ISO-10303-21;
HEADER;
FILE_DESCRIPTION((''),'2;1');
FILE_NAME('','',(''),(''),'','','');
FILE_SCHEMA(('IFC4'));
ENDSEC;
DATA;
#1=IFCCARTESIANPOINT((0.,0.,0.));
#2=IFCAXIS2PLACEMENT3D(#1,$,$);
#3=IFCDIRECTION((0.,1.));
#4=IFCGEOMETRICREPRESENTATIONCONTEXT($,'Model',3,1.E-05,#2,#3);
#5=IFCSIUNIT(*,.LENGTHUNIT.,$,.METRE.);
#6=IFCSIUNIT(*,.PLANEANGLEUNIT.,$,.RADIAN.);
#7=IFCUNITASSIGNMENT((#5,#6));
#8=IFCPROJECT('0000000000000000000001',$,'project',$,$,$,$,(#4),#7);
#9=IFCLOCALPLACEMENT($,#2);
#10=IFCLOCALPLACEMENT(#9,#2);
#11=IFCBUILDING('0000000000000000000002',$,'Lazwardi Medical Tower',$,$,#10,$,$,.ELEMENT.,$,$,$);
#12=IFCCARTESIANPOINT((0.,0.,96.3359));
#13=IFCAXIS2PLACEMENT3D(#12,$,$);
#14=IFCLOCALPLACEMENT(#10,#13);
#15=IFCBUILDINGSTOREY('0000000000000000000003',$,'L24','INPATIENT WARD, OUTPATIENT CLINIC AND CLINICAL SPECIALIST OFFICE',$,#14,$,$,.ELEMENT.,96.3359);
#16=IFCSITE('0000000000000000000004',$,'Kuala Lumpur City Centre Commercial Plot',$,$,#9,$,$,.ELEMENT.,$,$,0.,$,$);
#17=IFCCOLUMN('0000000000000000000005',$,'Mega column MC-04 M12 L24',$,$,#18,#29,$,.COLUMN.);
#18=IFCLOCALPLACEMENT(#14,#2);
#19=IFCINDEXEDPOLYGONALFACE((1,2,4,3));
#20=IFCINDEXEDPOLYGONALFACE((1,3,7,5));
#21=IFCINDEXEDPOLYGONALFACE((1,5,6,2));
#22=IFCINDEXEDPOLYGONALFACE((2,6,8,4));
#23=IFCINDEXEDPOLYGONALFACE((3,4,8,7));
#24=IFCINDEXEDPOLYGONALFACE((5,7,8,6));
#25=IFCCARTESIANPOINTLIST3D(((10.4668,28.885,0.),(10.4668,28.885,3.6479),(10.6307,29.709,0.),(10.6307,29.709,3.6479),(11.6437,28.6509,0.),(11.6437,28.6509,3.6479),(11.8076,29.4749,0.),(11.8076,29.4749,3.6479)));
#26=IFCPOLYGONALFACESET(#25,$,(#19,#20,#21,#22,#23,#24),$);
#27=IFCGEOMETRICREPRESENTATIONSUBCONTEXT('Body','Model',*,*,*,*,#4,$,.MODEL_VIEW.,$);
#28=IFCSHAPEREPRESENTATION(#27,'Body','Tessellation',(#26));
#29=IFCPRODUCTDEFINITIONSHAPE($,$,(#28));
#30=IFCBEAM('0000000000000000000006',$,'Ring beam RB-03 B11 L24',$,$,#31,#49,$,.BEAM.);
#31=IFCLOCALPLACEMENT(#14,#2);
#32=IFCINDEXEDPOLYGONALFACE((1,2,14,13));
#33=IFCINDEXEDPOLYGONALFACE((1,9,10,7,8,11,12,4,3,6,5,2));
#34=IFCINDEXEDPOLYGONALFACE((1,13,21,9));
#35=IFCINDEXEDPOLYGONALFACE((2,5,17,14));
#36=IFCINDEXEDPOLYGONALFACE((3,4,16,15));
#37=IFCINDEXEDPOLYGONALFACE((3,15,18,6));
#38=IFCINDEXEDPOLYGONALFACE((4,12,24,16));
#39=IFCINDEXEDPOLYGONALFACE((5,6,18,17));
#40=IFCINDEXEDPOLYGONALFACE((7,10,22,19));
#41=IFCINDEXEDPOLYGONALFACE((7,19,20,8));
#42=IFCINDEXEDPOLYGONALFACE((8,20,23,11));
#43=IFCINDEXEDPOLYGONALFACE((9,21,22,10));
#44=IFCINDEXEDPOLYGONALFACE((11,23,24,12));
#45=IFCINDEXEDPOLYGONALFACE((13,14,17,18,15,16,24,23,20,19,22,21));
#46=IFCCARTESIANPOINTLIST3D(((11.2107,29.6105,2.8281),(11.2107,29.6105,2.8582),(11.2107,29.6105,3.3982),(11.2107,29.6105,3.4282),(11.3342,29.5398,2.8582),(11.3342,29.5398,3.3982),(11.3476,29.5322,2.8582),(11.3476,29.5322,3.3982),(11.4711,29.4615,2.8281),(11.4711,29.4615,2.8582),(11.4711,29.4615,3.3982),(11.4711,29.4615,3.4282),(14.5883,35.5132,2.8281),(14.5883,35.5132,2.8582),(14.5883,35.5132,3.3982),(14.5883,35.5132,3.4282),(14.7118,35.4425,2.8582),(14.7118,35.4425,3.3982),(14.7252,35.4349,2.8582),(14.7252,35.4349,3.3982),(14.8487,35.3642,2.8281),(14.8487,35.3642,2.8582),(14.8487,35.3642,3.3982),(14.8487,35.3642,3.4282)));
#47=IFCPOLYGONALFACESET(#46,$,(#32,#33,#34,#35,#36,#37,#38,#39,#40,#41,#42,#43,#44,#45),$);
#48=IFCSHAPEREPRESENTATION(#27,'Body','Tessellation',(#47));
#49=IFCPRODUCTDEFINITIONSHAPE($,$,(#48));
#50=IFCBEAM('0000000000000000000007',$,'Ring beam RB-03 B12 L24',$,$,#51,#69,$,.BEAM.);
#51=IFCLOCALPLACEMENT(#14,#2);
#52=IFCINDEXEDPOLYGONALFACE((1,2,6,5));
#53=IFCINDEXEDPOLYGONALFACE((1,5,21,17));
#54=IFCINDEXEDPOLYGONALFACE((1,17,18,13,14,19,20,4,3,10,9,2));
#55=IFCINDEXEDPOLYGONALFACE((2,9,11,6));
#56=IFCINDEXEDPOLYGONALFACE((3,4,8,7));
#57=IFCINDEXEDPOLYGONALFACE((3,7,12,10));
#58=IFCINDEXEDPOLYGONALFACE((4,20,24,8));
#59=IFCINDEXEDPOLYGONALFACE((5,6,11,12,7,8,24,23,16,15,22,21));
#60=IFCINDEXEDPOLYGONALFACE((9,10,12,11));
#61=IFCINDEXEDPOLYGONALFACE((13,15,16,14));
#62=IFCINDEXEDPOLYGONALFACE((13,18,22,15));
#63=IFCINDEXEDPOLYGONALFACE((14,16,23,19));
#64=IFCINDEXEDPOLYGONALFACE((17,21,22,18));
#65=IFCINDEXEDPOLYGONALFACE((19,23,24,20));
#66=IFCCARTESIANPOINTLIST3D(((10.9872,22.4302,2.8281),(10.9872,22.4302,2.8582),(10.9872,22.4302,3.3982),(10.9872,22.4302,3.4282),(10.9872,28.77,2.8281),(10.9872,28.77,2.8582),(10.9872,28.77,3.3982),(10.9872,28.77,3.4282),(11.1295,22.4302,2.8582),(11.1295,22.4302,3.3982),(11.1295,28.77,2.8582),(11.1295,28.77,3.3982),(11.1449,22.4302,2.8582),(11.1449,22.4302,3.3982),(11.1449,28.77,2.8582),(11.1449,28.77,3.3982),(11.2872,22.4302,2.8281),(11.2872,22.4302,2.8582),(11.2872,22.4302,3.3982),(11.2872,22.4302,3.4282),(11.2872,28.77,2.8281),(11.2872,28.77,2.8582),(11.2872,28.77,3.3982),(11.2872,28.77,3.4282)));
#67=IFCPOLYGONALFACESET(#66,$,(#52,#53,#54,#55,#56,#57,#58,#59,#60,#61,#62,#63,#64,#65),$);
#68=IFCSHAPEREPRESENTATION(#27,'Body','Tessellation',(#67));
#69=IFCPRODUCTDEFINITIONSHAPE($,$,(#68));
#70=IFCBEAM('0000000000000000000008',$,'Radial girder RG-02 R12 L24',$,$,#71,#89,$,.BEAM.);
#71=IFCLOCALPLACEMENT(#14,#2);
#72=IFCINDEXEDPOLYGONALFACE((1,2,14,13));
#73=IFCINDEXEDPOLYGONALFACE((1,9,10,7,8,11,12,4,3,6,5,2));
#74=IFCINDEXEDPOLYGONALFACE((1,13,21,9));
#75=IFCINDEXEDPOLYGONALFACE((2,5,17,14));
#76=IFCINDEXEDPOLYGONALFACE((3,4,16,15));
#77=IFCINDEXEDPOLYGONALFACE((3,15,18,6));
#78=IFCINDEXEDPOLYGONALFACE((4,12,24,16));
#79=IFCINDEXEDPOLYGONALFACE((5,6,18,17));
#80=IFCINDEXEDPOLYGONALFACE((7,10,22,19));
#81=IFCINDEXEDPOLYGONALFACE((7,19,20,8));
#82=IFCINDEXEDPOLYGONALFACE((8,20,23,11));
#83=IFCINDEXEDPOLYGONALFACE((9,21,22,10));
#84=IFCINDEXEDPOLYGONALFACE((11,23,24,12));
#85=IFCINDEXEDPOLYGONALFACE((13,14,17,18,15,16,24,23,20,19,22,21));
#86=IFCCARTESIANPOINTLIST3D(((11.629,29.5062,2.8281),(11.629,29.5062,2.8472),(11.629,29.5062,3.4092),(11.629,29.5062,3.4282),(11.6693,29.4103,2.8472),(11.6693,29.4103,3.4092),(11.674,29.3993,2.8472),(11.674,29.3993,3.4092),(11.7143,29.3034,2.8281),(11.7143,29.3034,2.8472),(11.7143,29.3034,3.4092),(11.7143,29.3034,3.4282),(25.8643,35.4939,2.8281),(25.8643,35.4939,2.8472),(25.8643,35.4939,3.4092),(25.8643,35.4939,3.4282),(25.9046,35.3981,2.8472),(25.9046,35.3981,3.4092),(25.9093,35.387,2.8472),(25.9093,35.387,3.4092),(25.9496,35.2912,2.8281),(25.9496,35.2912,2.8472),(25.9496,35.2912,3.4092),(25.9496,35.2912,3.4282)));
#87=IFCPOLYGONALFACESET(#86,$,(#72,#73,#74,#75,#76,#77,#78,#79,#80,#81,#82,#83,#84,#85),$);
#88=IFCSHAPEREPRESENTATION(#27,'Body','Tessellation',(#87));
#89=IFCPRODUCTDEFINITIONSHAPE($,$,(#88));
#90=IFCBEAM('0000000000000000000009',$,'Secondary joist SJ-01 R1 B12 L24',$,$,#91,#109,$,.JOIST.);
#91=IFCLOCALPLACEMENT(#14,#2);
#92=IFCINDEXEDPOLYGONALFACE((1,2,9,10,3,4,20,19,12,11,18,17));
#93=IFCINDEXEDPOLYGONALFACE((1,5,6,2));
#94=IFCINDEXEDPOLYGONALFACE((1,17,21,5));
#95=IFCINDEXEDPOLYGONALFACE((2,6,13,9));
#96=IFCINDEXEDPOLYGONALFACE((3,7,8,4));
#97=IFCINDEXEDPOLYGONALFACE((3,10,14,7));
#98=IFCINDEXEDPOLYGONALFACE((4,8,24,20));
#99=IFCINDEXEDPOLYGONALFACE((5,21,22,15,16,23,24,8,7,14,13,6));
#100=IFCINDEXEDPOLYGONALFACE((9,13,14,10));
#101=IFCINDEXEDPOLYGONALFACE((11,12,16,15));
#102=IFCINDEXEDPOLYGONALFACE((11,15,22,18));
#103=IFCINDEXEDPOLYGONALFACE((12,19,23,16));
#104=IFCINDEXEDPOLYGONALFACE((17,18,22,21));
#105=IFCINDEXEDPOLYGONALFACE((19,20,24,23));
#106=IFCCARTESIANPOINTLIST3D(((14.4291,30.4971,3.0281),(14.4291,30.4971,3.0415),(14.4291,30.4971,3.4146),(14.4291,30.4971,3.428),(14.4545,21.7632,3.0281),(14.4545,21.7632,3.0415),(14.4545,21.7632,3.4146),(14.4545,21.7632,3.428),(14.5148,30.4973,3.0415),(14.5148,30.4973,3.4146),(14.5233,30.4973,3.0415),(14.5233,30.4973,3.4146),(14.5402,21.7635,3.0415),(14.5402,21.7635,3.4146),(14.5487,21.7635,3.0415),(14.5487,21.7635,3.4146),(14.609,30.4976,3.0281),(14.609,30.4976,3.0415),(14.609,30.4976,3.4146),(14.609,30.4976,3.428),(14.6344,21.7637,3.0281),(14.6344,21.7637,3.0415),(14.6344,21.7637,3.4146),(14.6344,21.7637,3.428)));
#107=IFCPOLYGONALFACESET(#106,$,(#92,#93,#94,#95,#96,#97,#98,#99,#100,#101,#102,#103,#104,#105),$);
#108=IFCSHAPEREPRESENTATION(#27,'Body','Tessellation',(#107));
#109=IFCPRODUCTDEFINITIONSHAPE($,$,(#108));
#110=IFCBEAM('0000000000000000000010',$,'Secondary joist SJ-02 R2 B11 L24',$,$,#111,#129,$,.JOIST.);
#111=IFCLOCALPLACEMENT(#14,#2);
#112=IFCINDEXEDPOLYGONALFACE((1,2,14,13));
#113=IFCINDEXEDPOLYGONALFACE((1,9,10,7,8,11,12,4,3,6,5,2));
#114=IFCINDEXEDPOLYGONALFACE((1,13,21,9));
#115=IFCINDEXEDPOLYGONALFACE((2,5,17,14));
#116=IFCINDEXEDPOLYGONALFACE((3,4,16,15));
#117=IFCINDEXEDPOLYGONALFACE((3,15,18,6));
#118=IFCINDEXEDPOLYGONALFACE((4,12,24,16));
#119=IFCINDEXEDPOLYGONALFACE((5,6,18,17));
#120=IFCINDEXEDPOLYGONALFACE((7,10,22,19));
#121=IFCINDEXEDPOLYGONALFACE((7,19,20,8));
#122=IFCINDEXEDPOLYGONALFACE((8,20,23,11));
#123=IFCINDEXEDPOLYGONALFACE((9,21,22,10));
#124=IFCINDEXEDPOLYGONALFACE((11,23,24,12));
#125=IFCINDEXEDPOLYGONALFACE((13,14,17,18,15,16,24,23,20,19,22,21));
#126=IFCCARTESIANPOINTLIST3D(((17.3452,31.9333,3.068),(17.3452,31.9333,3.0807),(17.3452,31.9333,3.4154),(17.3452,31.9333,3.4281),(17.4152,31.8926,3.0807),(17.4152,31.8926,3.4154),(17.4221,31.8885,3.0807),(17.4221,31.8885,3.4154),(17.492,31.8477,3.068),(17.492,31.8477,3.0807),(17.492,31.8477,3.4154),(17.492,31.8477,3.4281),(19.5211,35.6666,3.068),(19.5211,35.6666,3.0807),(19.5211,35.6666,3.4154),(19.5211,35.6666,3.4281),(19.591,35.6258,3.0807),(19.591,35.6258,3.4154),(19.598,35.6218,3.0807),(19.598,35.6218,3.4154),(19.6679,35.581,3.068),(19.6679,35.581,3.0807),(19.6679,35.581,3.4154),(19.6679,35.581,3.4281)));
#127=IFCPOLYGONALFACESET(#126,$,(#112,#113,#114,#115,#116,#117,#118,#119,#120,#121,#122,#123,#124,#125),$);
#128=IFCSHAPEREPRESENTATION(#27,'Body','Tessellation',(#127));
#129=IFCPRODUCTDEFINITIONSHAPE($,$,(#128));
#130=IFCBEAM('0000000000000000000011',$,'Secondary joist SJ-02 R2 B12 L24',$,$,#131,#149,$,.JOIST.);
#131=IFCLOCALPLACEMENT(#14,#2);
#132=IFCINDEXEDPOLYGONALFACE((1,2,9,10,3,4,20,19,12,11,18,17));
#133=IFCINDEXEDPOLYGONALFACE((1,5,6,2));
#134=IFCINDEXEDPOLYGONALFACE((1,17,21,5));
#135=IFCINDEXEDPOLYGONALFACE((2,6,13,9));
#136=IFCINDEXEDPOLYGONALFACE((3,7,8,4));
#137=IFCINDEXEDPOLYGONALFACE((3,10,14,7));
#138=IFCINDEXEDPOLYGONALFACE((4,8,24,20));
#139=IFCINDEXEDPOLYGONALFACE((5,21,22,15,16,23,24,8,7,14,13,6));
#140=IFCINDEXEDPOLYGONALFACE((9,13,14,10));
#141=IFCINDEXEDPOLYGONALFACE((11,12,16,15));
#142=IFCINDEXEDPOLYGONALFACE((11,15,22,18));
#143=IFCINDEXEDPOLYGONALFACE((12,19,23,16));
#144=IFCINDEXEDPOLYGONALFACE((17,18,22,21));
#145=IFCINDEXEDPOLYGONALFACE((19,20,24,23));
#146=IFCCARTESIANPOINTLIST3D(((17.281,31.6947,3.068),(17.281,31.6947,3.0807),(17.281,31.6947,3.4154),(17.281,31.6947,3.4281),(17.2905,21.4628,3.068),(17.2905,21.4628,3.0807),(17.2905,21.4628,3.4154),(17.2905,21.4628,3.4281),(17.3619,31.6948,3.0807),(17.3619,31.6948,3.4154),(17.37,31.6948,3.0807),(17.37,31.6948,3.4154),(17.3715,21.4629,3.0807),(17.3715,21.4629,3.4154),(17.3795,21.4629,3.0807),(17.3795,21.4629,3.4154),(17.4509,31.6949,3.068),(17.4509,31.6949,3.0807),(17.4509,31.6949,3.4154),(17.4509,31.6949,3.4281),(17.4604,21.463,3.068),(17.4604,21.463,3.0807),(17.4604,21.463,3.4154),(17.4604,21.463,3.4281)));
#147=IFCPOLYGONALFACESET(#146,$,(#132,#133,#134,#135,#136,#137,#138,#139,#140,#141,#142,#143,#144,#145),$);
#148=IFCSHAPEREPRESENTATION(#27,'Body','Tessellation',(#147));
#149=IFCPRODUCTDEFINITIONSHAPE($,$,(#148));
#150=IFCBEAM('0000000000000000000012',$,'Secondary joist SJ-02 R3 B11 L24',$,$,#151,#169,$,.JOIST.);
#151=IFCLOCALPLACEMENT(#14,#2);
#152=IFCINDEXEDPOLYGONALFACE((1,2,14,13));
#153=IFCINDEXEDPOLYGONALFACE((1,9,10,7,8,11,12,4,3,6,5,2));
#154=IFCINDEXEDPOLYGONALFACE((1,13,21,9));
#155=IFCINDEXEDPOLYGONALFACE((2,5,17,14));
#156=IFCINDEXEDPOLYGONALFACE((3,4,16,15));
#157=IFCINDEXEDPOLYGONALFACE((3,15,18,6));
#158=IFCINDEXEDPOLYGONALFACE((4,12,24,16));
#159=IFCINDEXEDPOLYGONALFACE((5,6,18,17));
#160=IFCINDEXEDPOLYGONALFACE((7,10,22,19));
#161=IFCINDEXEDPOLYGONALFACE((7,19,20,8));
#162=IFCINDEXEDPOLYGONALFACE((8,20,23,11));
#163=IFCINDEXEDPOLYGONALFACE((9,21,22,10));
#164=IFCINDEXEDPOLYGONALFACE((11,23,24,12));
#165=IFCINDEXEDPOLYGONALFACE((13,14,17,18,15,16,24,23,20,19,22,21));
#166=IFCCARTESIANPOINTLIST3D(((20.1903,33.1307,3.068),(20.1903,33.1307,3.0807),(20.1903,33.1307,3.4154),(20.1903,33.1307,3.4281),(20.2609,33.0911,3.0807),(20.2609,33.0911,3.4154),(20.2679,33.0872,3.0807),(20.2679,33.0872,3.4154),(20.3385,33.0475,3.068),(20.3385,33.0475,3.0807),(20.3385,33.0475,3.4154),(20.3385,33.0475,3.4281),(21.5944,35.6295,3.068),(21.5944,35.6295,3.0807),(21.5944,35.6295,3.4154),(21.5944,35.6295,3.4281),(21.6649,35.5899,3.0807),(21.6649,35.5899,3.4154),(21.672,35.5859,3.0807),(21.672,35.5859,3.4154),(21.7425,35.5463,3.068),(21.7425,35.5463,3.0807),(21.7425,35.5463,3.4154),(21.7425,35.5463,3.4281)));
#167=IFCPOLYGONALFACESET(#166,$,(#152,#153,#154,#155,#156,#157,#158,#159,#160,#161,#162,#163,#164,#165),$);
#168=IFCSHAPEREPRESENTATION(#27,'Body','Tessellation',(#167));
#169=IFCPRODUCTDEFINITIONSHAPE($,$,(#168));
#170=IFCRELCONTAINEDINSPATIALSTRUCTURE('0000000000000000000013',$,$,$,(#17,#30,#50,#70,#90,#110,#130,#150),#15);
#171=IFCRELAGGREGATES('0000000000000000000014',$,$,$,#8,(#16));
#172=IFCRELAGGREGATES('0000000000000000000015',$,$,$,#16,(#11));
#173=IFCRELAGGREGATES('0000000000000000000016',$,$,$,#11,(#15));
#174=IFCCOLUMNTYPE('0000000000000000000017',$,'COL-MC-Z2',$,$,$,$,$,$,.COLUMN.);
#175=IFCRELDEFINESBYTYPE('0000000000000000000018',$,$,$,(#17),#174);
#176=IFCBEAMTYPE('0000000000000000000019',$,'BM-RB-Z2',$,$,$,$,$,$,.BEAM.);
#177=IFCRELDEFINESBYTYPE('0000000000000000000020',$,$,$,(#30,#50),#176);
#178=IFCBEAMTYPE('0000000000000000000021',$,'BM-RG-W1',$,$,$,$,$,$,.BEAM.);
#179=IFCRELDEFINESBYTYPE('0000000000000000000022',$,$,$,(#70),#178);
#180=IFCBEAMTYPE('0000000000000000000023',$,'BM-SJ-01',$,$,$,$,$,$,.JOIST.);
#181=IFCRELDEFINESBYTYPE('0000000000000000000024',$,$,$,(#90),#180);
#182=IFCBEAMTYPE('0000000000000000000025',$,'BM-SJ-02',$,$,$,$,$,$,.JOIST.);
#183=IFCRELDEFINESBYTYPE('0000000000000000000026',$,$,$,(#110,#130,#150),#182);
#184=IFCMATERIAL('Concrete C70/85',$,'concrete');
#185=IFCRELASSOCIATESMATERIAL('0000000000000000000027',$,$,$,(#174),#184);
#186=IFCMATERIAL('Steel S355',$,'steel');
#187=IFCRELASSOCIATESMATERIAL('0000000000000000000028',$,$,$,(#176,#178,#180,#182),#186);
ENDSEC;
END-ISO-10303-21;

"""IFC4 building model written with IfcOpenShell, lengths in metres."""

from ifc_helpers import new_model, si_unit, direction, frame, origin, origin_2d, place, context, subcontext, project, spatial, rectangle, i_section, extrude, material, material_profile, profile_set, type_object, element, save


model = new_model("IFC4")

# Units and contexts
model_context = context("Model", 3, precision=1e-05, world=origin(), true_north=direction((0.0, 1.0)))
body_context = subcontext(model_context, "Body", "Model", "MODEL_VIEW")
ifc_project = project(units=[si_unit("LENGTHUNIT", "METRE"), si_unit("PLANEANGLEUNIT", "RADIAN")], contexts=[model_context])

# Site, building, storey
site_placement = place(None, origin())
site = spatial("IfcSite", under=ifc_project, at=site_placement, Name="Kuala Lumpur City Centre Commercial Plot", CompositionType="ELEMENT", RefElevation=0.0)
building_placement = place(site_placement, origin())
building = spatial("IfcBuilding", under=site, at=building_placement, Name="Lazwardi Medical Tower", CompositionType="ELEMENT")
storey_placement = place(building_placement, frame((0.0, 0.0, 96.3359)))
storey = spatial("IfcBuildingStorey", under=building, at=storey_placement, Name="L24", Description="INPATIENT WARD, OUTPATIENT CLINIC AND CLINICAL SPECIALIST OFFICE", CompositionType="ELEMENT", Elevation=96.3359)

# Column
ifc_material_1 = material(Name="Concrete C70/85", Category="concrete")
ifc_material_profile_1 = material_profile(ifc_material_1, rectangle(XDim=1.2, YDim=0.8401, at=origin_2d()), Name="CFT-RECT 1200x840")
ifc_profile_set_1 = profile_set([ifc_material_profile_1], Name="Concrete C70/85")
column_type = type_object("IfcColumnType", Name="COL-MC-Z2", PredefinedType="COLUMN", material=ifc_profile_set_1)
column_placement = place(storey_placement, frame((11.1372, 29.1799, 0.0), z_axis=(0.0, 0.0, 1.0), x_axis=(-0.980785, 0.19509, 0.0)))
element("IfcColumn", 1, at=column_placement, inside=storey, type_object=column_type, Name="Mega column MC-04 M12 L24", PredefinedType="COLUMN", context=body_context, shape_type="SweptSolid", body=[
    extrude(rectangle(XDim=1.2, YDim=0.8401, at=origin_2d()), origin(), (0.0, 0.0, 1.0), 3.6479),
])

# Beams
ifc_material_2 = material(Name="Steel S355", Category="steel")
ifc_material_profile_2 = material_profile(ifc_material_2, i_section(OverallWidth=0.3, OverallDepth=0.6001, WebThickness=0.0154, FlangeThickness=0.03, at=origin_2d()), Name="HEB 600")
ifc_profile_set_2 = profile_set([ifc_material_profile_2], Name="Steel S355")
beam_type_1 = type_object("IfcBeamType", Name="BM-RB-Z2", PredefinedType="BEAM", material=ifc_profile_set_2)
beam_1_placement = place(storey_placement, frame((14.7185, 35.4387, 3.1282), z_axis=(-0.496653, -0.867949, 0.0), x_axis=(0.867949, -0.496653, 0.0)))
element("IfcBeam", 2, at=beam_1_placement, inside=storey, type_object=beam_type_1, Name="Ring beam RB-03 B11 L24", PredefinedType="BEAM", context=body_context, shape_type="SweptSolid", body=[
    extrude(i_section(OverallWidth=0.3, OverallDepth=0.6001, WebThickness=0.0154, FlangeThickness=0.03, at=origin_2d()), origin(), (0.0, 0.0, 1.0), 6.8008),
])
beam_2_placement = place(storey_placement, frame((11.1372, 28.77, 3.1282), z_axis=(0.0, -1.0, 0.0), x_axis=(1.0, 0.0, 0.0)))
element("IfcBeam", 3, at=beam_2_placement, inside=storey, type_object=beam_type_1, Name="Ring beam RB-03 B12 L24", PredefinedType="BEAM", context=body_context, shape_type="SweptSolid", body=[
    extrude(i_section(OverallWidth=0.3, OverallDepth=0.6001, WebThickness=0.0154, FlangeThickness=0.03, at=origin_2d()), origin(), (0.0, 0.0, 1.0), 6.3398),
])
ifc_material_profile_3 = material_profile(ifc_material_2, i_section(OverallWidth=0.22, OverallDepth=0.6001, WebThickness=0.012, FlangeThickness=0.019, at=origin_2d()), Name="IPE 600")
ifc_profile_set_3 = profile_set([ifc_material_profile_3], Name="Steel S355")
beam_type_2 = type_object("IfcBeamType", Name="BM-RG-W1", PredefinedType="BEAM", material=ifc_profile_set_3)
beam_3_placement = place(storey_placement, frame((11.6716, 29.4048, 3.1282), z_axis=(0.921775, 0.387725, 0.0), x_axis=(-0.387725, 0.921775, 0.0)))
element("IfcBeam", 4, at=beam_3_placement, inside=storey, type_object=beam_type_2, Name="Radial girder RG-02 R12 L24", PredefinedType="BEAM", context=body_context, shape_type="SweptSolid", body=[
    extrude(i_section(OverallWidth=0.22, OverallDepth=0.6001, WebThickness=0.012, FlangeThickness=0.019, at=origin_2d()), origin(), (0.0, 0.0, 1.0), 15.4434),
])
ifc_material_profile_4 = material_profile(ifc_material_2, i_section(OverallWidth=0.1799, OverallDepth=0.3999, WebThickness=0.0085, FlangeThickness=0.0134, at=origin_2d()), Name="IPE 400")
ifc_profile_set_4 = profile_set([ifc_material_profile_4], Name="Steel S355")
beam_type_3 = type_object("IfcBeamType", Name="BM-SJ-01", PredefinedType="JOIST", material=ifc_profile_set_4)
beam_4_placement = place(storey_placement, frame((14.519, 30.4973, 3.228), z_axis=(0.002907, -0.999996, 0.0), x_axis=(0.999996, 0.002907, 0.0)))
element("IfcBeam", 5, at=beam_4_placement, inside=storey, type_object=beam_type_3, Name="Secondary joist SJ-01 R1 B12 L24", PredefinedType="JOIST", context=body_context, shape_type="SweptSolid", body=[
    extrude(i_section(OverallWidth=0.1799, OverallDepth=0.3999, WebThickness=0.0085, FlangeThickness=0.0134, at=origin_2d()), origin(), (0.0, 0.0, 1.0), 8.7339),
])
ifc_material_profile_5 = material_profile(ifc_material_2, i_section(OverallWidth=0.1699, OverallDepth=0.3601, WebThickness=0.0081, FlangeThickness=0.0127, at=origin_2d()), Name="IPE 360")
ifc_profile_set_5 = profile_set([ifc_material_profile_5], Name="Steel S355")
beam_type_4 = type_object("IfcBeamType", Name="BM-SJ-02", PredefinedType="JOIST", material=ifc_profile_set_5)
beam_5_placement = place(storey_placement, frame((19.5945, 35.6238, 3.248), z_axis=(-0.503544, -0.863969, 0.0), x_axis=(0.863969, -0.503544, 0.0)))
element("IfcBeam", 6, at=beam_5_placement, inside=storey, type_object=beam_type_4, Name="Secondary joist SJ-02 R2 B11 L24", PredefinedType="JOIST", context=body_context, shape_type="SweptSolid", body=[
    extrude(i_section(OverallWidth=0.1699, OverallDepth=0.3601, WebThickness=0.0081, FlangeThickness=0.0127, at=origin_2d()), origin(), (0.0, 0.0, 1.0), 4.321),
])
beam_6_placement = place(storey_placement, frame((17.366, 31.6948, 3.248), z_axis=(0.000931, -1.0, 0.0), x_axis=(1.0, 0.000931, 0.0)))
element("IfcBeam", 7, at=beam_6_placement, inside=storey, type_object=beam_type_4, Name="Secondary joist SJ-02 R2 B12 L24", PredefinedType="JOIST", context=body_context, shape_type="SweptSolid", body=[
    extrude(i_section(OverallWidth=0.1699, OverallDepth=0.3601, WebThickness=0.0081, FlangeThickness=0.0127, at=origin_2d()), origin(), (0.0, 0.0, 1.0), 10.2319),
])
beam_7_placement = place(storey_placement, frame((21.6685, 35.5879, 3.248), z_axis=(-0.489861, -0.871801, 0.0), x_axis=(0.871801, -0.489861, 0.0)))
element("IfcBeam", 8, at=beam_7_placement, inside=storey, type_object=beam_type_4, Name="Secondary joist SJ-02 R3 B11 L24", PredefinedType="JOIST", context=body_context, shape_type="SweptSolid", body=[
    extrude(i_section(OverallWidth=0.1699, OverallDepth=0.3601, WebThickness=0.0081, FlangeThickness=0.0127, at=origin_2d()), origin(), (0.0, 0.0, 1.0), 2.8662),
])

save(model, "model.ifc")
